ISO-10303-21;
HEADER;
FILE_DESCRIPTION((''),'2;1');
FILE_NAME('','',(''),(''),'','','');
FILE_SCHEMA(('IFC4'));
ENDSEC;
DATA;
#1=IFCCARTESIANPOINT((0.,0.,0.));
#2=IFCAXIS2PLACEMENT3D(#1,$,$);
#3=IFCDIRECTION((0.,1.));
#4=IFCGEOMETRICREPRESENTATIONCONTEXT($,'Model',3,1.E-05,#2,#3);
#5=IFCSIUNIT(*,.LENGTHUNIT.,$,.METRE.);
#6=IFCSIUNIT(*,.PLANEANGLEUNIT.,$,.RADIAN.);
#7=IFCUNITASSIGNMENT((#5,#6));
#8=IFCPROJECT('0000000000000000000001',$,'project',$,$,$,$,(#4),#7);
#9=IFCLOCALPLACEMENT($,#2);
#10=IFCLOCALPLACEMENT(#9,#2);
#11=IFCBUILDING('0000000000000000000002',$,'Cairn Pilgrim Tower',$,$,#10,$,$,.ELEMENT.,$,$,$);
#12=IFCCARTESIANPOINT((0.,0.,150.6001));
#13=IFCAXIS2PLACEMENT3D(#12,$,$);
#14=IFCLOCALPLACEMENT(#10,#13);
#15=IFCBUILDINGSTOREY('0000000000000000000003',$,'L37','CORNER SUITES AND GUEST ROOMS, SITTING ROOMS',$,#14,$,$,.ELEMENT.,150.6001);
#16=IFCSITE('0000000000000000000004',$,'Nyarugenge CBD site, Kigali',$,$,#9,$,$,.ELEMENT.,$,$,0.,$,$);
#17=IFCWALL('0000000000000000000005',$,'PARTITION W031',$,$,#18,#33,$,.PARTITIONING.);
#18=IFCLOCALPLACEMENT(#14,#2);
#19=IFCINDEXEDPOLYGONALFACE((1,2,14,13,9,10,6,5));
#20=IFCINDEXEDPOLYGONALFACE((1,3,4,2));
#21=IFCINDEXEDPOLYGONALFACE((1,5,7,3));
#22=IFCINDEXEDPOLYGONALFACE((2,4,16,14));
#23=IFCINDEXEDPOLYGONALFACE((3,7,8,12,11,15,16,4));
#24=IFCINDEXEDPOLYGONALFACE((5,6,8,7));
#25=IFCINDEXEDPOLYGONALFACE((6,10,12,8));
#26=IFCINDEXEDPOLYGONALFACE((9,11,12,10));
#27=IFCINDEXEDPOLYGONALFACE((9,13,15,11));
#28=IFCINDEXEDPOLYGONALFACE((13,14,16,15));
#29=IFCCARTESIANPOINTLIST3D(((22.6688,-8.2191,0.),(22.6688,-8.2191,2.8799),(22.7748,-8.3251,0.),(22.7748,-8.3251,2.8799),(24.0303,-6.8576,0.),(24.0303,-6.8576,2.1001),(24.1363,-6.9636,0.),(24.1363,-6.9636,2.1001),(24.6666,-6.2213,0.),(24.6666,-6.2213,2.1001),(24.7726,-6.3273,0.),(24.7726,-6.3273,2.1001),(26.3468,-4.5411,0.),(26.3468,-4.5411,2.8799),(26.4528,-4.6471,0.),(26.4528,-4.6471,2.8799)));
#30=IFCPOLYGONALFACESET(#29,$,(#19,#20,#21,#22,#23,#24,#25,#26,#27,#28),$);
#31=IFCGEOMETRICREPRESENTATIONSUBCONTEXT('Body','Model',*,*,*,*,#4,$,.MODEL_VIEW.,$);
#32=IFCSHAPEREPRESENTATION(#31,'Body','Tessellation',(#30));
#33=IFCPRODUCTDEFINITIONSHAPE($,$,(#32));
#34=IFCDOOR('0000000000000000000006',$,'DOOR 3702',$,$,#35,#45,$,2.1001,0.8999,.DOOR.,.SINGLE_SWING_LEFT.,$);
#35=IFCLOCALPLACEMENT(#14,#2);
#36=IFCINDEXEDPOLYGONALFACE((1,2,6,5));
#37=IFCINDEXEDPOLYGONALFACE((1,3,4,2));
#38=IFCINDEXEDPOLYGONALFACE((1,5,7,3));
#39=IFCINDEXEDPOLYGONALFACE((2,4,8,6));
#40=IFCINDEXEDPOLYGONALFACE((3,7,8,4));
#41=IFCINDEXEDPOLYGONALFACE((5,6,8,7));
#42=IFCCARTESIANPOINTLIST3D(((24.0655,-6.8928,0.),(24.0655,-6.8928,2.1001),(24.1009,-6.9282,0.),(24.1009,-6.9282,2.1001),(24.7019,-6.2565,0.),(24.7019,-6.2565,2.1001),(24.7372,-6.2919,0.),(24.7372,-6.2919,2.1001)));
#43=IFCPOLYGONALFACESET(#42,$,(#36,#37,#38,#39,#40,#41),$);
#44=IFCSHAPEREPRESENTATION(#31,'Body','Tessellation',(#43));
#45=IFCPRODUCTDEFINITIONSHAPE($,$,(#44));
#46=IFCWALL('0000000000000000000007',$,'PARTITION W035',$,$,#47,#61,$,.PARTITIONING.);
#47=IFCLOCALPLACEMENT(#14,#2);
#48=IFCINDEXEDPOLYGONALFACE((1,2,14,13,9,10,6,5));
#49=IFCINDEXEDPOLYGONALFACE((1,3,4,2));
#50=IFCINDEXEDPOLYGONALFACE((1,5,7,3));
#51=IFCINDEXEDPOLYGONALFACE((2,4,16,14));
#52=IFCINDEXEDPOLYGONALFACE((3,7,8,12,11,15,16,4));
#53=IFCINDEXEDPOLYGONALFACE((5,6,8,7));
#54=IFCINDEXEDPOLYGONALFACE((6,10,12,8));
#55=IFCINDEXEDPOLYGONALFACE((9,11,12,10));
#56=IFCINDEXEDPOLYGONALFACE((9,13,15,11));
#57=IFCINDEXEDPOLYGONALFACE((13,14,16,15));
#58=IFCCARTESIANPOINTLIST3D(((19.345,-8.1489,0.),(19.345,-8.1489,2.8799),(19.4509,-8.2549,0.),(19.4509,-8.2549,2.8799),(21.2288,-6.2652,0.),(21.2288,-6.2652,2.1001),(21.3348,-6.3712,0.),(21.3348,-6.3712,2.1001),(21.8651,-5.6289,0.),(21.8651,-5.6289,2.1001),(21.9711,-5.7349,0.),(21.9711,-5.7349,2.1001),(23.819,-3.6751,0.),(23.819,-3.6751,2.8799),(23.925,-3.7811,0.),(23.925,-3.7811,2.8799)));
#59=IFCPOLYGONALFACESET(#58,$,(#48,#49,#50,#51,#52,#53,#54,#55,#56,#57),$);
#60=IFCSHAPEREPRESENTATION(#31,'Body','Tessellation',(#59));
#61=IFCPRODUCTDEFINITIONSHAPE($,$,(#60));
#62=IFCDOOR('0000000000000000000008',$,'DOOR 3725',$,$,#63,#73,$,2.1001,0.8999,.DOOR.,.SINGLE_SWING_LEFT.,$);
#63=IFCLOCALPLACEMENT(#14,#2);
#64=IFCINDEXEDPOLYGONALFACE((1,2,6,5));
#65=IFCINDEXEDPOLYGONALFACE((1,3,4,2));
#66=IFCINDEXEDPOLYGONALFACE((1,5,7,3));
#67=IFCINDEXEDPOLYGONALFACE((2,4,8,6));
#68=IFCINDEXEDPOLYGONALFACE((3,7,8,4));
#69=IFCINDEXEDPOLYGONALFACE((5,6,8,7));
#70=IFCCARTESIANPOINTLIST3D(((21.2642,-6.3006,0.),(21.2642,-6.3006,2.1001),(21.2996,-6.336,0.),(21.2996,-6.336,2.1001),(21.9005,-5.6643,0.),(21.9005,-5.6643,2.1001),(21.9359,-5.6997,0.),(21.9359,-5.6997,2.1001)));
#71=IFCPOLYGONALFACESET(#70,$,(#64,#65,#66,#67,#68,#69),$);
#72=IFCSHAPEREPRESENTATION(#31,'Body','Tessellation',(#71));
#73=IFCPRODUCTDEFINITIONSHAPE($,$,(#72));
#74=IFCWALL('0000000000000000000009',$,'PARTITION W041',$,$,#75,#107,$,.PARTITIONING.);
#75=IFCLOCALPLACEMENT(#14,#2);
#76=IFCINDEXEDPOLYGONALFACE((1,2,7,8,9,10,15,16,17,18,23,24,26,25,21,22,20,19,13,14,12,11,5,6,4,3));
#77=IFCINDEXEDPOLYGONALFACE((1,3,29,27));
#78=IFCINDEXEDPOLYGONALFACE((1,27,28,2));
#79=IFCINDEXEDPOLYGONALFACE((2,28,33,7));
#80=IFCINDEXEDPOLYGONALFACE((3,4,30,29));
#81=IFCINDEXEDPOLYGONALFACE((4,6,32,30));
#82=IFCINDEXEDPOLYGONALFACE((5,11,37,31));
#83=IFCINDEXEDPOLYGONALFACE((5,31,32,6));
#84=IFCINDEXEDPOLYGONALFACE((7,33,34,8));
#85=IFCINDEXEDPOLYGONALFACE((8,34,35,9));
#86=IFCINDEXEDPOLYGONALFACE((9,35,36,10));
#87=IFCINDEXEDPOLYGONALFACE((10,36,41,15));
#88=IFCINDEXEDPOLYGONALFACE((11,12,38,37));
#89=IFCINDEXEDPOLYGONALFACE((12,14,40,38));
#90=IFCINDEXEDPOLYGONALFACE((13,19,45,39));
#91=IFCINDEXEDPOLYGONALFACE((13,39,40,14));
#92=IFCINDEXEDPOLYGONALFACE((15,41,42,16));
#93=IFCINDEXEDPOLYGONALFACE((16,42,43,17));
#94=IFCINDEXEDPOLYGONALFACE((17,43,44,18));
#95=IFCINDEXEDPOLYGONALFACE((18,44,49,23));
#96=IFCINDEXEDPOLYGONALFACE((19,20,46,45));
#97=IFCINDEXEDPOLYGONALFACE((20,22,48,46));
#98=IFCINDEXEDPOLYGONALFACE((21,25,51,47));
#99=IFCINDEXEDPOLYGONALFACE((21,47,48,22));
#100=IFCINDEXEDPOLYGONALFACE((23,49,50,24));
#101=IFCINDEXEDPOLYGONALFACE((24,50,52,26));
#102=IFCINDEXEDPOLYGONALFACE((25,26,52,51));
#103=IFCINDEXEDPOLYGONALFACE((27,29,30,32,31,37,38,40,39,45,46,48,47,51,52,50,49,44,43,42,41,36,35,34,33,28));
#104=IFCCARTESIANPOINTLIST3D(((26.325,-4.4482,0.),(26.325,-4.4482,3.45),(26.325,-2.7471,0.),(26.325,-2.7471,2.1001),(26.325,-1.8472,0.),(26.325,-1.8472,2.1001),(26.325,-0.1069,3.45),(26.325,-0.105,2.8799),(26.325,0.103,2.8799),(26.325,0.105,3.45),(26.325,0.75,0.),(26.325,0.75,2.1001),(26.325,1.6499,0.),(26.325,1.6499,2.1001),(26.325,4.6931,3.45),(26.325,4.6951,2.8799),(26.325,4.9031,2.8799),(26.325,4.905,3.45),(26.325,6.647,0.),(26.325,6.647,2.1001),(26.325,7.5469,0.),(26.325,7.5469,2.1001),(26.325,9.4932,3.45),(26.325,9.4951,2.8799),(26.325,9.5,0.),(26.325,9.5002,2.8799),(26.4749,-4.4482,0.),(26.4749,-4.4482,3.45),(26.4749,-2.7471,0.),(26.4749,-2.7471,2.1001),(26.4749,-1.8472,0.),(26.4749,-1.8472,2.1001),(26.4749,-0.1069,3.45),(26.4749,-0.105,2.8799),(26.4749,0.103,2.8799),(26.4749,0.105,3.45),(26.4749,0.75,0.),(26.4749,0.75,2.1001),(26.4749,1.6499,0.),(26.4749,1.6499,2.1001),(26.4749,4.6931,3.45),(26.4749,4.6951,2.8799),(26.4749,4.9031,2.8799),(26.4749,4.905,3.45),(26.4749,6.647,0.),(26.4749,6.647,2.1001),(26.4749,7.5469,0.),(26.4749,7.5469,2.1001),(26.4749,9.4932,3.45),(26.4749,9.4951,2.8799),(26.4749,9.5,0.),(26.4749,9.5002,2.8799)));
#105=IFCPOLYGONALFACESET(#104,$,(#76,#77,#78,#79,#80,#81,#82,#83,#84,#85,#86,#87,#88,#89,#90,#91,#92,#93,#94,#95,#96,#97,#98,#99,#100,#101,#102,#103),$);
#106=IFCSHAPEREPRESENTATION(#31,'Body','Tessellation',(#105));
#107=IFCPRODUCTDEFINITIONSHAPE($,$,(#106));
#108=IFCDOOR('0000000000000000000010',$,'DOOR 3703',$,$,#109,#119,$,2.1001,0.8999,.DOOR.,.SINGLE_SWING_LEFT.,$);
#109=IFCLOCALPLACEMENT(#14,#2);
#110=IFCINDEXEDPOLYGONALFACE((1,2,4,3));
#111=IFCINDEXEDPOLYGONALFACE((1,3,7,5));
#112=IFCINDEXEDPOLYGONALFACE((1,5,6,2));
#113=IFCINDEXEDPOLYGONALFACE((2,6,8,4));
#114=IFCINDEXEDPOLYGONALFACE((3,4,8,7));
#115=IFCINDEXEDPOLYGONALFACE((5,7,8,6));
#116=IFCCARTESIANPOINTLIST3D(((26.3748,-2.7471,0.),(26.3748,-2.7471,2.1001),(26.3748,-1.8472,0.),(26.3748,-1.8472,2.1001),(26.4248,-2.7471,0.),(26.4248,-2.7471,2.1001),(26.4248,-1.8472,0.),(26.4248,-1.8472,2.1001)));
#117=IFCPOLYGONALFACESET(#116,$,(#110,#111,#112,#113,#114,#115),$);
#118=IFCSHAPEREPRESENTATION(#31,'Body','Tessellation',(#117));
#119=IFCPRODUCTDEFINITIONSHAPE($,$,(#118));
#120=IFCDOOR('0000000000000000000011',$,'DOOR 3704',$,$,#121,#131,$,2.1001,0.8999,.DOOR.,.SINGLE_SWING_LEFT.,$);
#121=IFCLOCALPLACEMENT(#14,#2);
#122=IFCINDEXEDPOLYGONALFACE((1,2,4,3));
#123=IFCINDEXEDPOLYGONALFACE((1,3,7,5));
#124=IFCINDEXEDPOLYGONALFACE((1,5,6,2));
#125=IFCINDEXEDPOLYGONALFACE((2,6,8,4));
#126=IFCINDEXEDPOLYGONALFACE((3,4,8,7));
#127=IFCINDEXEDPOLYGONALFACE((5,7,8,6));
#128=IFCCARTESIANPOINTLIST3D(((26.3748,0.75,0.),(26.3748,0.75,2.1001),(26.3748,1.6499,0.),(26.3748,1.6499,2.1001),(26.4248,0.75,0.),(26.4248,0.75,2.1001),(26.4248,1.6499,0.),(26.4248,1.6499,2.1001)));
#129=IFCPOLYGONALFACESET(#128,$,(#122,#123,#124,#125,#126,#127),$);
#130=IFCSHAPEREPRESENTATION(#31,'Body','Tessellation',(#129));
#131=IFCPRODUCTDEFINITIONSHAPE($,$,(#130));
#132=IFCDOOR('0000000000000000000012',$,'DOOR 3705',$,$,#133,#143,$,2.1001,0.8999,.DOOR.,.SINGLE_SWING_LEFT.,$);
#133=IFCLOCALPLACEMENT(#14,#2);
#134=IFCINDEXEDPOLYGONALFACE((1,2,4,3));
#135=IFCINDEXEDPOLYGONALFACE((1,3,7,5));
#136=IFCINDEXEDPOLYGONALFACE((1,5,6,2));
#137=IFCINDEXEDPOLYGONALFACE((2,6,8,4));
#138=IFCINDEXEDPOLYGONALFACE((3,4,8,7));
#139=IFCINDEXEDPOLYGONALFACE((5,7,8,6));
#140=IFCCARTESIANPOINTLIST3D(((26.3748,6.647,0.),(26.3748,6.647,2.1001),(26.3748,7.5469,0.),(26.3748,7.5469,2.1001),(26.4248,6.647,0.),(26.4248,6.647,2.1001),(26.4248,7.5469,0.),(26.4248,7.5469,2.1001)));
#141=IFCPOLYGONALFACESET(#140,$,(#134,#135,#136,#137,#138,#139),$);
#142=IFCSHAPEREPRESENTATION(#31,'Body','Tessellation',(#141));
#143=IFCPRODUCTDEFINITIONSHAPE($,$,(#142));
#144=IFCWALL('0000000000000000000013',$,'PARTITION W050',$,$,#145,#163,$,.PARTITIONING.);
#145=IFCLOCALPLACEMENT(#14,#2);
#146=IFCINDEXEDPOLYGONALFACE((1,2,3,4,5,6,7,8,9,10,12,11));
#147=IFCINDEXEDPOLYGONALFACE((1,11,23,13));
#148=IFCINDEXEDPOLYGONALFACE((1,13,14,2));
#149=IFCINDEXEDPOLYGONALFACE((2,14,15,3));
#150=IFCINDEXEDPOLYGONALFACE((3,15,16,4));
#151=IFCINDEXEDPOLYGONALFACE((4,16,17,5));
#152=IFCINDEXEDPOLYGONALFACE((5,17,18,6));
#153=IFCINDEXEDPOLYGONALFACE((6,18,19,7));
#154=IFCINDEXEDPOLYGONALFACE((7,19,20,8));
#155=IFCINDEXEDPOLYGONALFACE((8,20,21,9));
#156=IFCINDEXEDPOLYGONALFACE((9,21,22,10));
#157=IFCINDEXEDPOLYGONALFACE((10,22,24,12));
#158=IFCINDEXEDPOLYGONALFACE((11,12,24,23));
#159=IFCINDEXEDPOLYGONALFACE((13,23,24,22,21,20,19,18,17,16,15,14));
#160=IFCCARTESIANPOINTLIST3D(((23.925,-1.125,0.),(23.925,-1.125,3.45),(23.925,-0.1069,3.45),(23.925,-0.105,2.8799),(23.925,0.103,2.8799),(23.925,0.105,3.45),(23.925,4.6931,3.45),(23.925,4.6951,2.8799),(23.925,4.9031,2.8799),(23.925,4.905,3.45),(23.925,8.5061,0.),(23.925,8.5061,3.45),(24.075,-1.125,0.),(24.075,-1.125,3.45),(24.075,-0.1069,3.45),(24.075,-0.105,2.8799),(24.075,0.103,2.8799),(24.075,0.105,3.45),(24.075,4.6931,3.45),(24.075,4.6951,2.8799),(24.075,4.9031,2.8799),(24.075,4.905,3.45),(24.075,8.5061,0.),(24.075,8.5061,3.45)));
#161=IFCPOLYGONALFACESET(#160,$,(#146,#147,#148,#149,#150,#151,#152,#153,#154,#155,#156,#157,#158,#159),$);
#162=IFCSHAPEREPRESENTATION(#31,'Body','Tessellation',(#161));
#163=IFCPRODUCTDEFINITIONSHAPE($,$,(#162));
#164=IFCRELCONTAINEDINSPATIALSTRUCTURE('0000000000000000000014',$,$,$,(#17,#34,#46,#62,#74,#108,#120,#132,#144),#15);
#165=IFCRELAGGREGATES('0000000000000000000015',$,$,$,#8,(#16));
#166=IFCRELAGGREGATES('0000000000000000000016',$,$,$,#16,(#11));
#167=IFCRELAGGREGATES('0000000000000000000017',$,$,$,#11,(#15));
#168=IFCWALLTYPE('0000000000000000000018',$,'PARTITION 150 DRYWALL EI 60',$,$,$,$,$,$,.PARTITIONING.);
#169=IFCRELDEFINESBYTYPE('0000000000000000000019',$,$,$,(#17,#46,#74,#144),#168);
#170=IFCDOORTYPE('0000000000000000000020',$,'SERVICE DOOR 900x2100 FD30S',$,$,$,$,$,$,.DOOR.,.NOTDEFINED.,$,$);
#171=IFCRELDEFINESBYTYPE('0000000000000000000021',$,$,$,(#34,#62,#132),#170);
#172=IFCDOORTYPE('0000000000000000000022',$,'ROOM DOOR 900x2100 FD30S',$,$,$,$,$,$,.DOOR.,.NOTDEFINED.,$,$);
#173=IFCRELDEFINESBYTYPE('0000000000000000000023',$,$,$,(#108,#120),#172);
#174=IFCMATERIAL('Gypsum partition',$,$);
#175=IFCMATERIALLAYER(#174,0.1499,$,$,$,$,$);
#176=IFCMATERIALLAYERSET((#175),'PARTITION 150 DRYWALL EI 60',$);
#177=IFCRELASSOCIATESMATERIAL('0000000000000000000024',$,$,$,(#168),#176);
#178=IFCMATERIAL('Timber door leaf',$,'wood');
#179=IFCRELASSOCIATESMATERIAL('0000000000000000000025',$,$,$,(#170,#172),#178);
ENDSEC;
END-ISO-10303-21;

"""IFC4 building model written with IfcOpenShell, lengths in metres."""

from ifc_helpers import new_model, si_unit, direction, frame, frame_2d, origin, place, context, subcontext, project, spatial, polyline, rectangle, outline, extrude, material, layer, layer_set, type_object, element, fill, save


model = new_model("IFC4")

# Units and contexts
model_context = context("Model", 3, precision=1e-05, world=origin(), true_north=direction((0.0, 1.0)))
body_context = subcontext(model_context, "Body", "Model", "MODEL_VIEW")
ifc_project = project(units=[si_unit("LENGTHUNIT", "METRE"), si_unit("PLANEANGLEUNIT", "RADIAN")], contexts=[model_context])

# Site, building, storey
site_placement = place(None, origin())
site = spatial("IfcSite", under=ifc_project, at=site_placement, Name="Nyarugenge CBD site, Kigali", CompositionType="ELEMENT", RefElevation=0.0)
building_placement = place(site_placement, origin())
building = spatial("IfcBuilding", under=site, at=building_placement, Name="Cairn Pilgrim Tower", CompositionType="ELEMENT")
storey_placement = place(building_placement, frame((0.0, 0.0, 150.6001)))
storey = spatial("IfcBuildingStorey", under=building, at=storey_placement, Name="L37", Description="CORNER SUITES AND GUEST ROOMS, SITTING ROOMS", CompositionType="ELEMENT", Elevation=150.6001)

# Shared definitions
ifc_material_1 = material(Name="Gypsum partition")
ifc_material_2 = material(Name="Timber door leaf", Category="wood")

# Shared definitions
ifc_layer_1 = layer(ifc_material_1, 0.1499)
ifc_layer_set_1 = layer_set([ifc_layer_1], Name="PARTITION 150 DRYWALL EI 60")
wall_type_1 = type_object("IfcWallType", Name="PARTITION 150 DRYWALL EI 60", PredefinedType="PARTITIONING", material=ifc_layer_set_1)

# Walls, openings, doors
wall_1_placement = place(storey_placement, frame((22.7219, -8.272, 0.0), z_axis=(0.0, 0.0, 1.0), x_axis=(0.707107, 0.707107, 0.0)))
wall_1 = element("IfcWall", 1, at=wall_1_placement, inside=storey, type_object=wall_type_1, Name="PARTITION W031", PredefinedType="PARTITIONING", context=body_context, shape_type="SweptSolid", body=[
    extrude(rectangle(XDim=5.2014, YDim=0.1499, at=frame_2d((2.6006, 0.0))), origin(), (0.0, 0.0, 1.0), 2.8799),
])
opening_1_placement = place(wall_1_placement, frame((1.9253, 0.0, 0.0)))
opening_1 = element("IfcOpeningElement", 2, at=opening_1_placement, cuts=wall_1, PredefinedType="OPENING", context=body_context, shape_type="SweptSolid", body=[
    extrude(rectangle(XDim=0.8999, YDim=2.1001, at=frame_2d((0.45, 1.05))), frame((0.0, 0.085, 0.0), z_axis=(0.0, -1.0, 0.0), x_axis=(1.0, 0.0, 0.0)), (0.0, 0.0, 1.0), 0.1699),
])
door_type_1 = type_object("IfcDoorType", Name="SERVICE DOOR 900x2100 FD30S", OperationType="NOTDEFINED", PredefinedType="DOOR", material=ifc_material_2)
door_1_placement = place(opening_1_placement, frame((0.8999, 0.0, 0.0), z_axis=(0.0, 0.0, 1.0), x_axis=(-1.0, 0.0, 0.0)))
door_1 = element("IfcDoor", 3, at=door_1_placement, inside=storey, type_object=door_type_1, Name="DOOR 3702", OperationType="SINGLE_SWING_LEFT", OverallHeight=2.1001, OverallWidth=0.8999, PredefinedType="DOOR", context=body_context, shape_type="SweptSolid", body=[
    extrude(rectangle(XDim=0.8999, YDim=2.1001, at=frame_2d((0.45, 1.05))), frame((0.0, 0.0249, 0.0), z_axis=(0.0, -1.0, 0.0), x_axis=(1.0, 0.0, 0.0)), (0.0, 0.0, 1.0), 0.05),
])
fill(opening_1, door_1)
wall_2_placement = place(storey_placement, frame((19.3979, -8.2019, 0.0), z_axis=(0.0, 0.0, 1.0), x_axis=(0.707126, 0.707087, 0.0)))
wall_2 = element("IfcWall", 4, at=wall_2_placement, inside=storey, type_object=wall_type_1, Name="PARTITION W035", PredefinedType="PARTITIONING", context=body_context, shape_type="SweptSolid", body=[
    extrude(rectangle(XDim=6.3271, YDim=0.1499, at=frame_2d((3.1636, 0.0))), origin(), (0.0, 0.0, 1.0), 2.8799),
])
opening_2_placement = place(wall_2_placement, frame((2.6641, 0.0, 0.0)))
opening_2 = element("IfcOpeningElement", 5, at=opening_2_placement, cuts=wall_2, PredefinedType="OPENING", context=body_context, shape_type="SweptSolid", body=[
    extrude(rectangle(XDim=0.8999, YDim=2.1001, at=frame_2d((0.45, 1.05))), frame((0.0, 0.085, 0.0), z_axis=(0.0, -1.0, 0.0), x_axis=(1.0, 0.0, 0.0)), (0.0, 0.0, 1.0), 0.1699),
])
door_2_placement = place(opening_2_placement, origin())
door_2 = element("IfcDoor", 6, at=door_2_placement, inside=storey, type_object=door_type_1, Name="DOOR 3725", OperationType="SINGLE_SWING_LEFT", OverallHeight=2.1001, OverallWidth=0.8999, PredefinedType="DOOR", context=body_context, shape_type="SweptSolid", body=[
    extrude(rectangle(XDim=0.8999, YDim=2.1001, at=frame_2d((0.45, 1.05))), frame((0.0, 0.0249, 0.0), z_axis=(0.0, -1.0, 0.0), x_axis=(1.0, 0.0, 0.0)), (0.0, 0.0, 1.0), 0.05),
])
fill(opening_2, door_2)

# Wall, openings, doors
wall_3_placement = place(storey_placement, frame((26.3999, -4.4482, 0.0), z_axis=(0.0, 0.0, 1.0), x_axis=(0.0, 1.0, 0.0)))
wall_3 = element("IfcWall", 7, at=wall_3_placement, inside=storey, type_object=wall_type_1, Name="PARTITION W041", PredefinedType="PARTITIONING", context=body_context, shape_type="SweptSolid", body=[
    extrude(outline(polyline([(0.0, 0.0), (13.9482, 0.0), (13.9485, 2.8799), (13.9434, 2.8799), (13.9414, 3.45), (9.3533, 3.45), (9.3513, 2.8799), (9.1433, 2.8799), (9.1414, 3.45), (4.5532, 3.45), (4.5513, 2.8799), (4.3433, 2.8799), (4.3413, 3.45), (0.0, 3.45), (0.0, 0.0)])), frame((0.0, 0.075, 0.0), z_axis=(0.0, -1.0, 0.0), x_axis=(1.0, 0.0, 0.0)), (0.0, 0.0, 1.0), 0.1499),
])
opening_3_placement = place(wall_3_placement, frame((1.7012, 0.0, 0.0)))
opening_3 = element("IfcOpeningElement", 8, at=opening_3_placement, cuts=wall_3, PredefinedType="OPENING", context=body_context, shape_type="SweptSolid", body=[
    extrude(rectangle(XDim=0.8999, YDim=2.1001, at=frame_2d((0.45, 1.05))), frame((0.0, 0.085, 0.0), z_axis=(0.0, -1.0, 0.0), x_axis=(1.0, 0.0, 0.0)), (0.0, 0.0, 1.0), 0.1699),
])
opening_4_placement = place(wall_3_placement, frame((5.1982, 0.0, 0.0)))
opening_4 = element("IfcOpeningElement", 9, at=opening_4_placement, cuts=wall_3, PredefinedType="OPENING", context=body_context, shape_type="SweptSolid", body=[
    extrude(rectangle(XDim=0.8999, YDim=2.1001, at=frame_2d((0.45, 1.05))), frame((0.0, 0.085, 0.0), z_axis=(0.0, -1.0, 0.0), x_axis=(1.0, 0.0, 0.0)), (0.0, 0.0, 1.0), 0.1699),
])
opening_5_placement = place(wall_3_placement, frame((11.0952, 0.0, 0.0)))
opening_5 = element("IfcOpeningElement", 10, at=opening_5_placement, cuts=wall_3, PredefinedType="OPENING", context=body_context, shape_type="SweptSolid", body=[
    extrude(rectangle(XDim=0.8999, YDim=2.1001, at=frame_2d((0.45, 1.05))), frame((0.0, 0.085, 0.0), z_axis=(0.0, -1.0, 0.0), x_axis=(1.0, 0.0, 0.0)), (0.0, 0.0, 1.0), 0.1699),
])
door_type_2 = type_object("IfcDoorType", Name="ROOM DOOR 900x2100 FD30S", OperationType="NOTDEFINED", PredefinedType="DOOR", material=ifc_material_2)
door_3_placement = place(opening_3_placement, frame((0.8999, 0.0, 0.0), z_axis=(0.0, 0.0, 1.0), x_axis=(-1.0, 0.0, 0.0)))
door_3 = element("IfcDoor", 11, at=door_3_placement, inside=storey, type_object=door_type_2, Name="DOOR 3703", OperationType="SINGLE_SWING_LEFT", OverallHeight=2.1001, OverallWidth=0.8999, PredefinedType="DOOR", context=body_context, shape_type="SweptSolid", body=[
    extrude(rectangle(XDim=0.8999, YDim=2.1001, at=frame_2d((0.45, 1.05))), frame((0.0, 0.0249, 0.0), z_axis=(0.0, -1.0, 0.0), x_axis=(1.0, 0.0, 0.0)), (0.0, 0.0, 1.0), 0.05),
])
fill(opening_3, door_3)
door_4_placement = place(opening_4_placement, frame((0.8999, 0.0, 0.0), z_axis=(0.0, 0.0, 1.0), x_axis=(-1.0, 0.0, 0.0)))
door_4 = element("IfcDoor", 12, at=door_4_placement, inside=storey, type_object=door_type_2, Name="DOOR 3704", OperationType="SINGLE_SWING_LEFT", OverallHeight=2.1001, OverallWidth=0.8999, PredefinedType="DOOR", context=body_context, shape_type="SweptSolid", body=[
    extrude(rectangle(XDim=0.8999, YDim=2.1001, at=frame_2d((0.45, 1.05))), frame((0.0, 0.0249, 0.0), z_axis=(0.0, -1.0, 0.0), x_axis=(1.0, 0.0, 0.0)), (0.0, 0.0, 1.0), 0.05),
])
fill(opening_4, door_4)
door_5_placement = place(opening_5_placement, frame((0.8999, 0.0, 0.0), z_axis=(0.0, 0.0, 1.0), x_axis=(-1.0, 0.0, 0.0)))
door_5 = element("IfcDoor", 13, at=door_5_placement, inside=storey, type_object=door_type_1, Name="DOOR 3705", OperationType="SINGLE_SWING_LEFT", OverallHeight=2.1001, OverallWidth=0.8999, PredefinedType="DOOR", context=body_context, shape_type="SweptSolid", body=[
    extrude(rectangle(XDim=0.8999, YDim=2.1001, at=frame_2d((0.45, 1.05))), frame((0.0, 0.0249, 0.0), z_axis=(0.0, -1.0, 0.0), x_axis=(1.0, 0.0, 0.0)), (0.0, 0.0, 1.0), 0.05),
])
fill(opening_5, door_5)

# Wall
wall_4_placement = place(storey_placement, frame((24.0, -1.125, 0.0), z_axis=(0.0, 0.0, 1.0), x_axis=(0.0, 1.0, 0.0)))
element("IfcWall", 14, at=wall_4_placement, inside=storey, type_object=wall_type_1, Name="PARTITION W050", PredefinedType="PARTITIONING", context=body_context, shape_type="SweptSolid", body=[
    extrude(outline(polyline([(0.0, 0.0), (9.6311, 0.0), (9.6311, 3.45), (6.03, 3.45), (6.0281, 2.8799), (5.8201, 2.8799), (5.8181, 3.45), (1.23, 3.45), (1.228, 2.8799), (1.02, 2.8799), (1.0181, 3.45), (0.0, 3.45), (0.0, 0.0)])), frame((0.0, 0.075, 0.0), z_axis=(0.0, -1.0, 0.0), x_axis=(1.0, 0.0, 0.0)), (0.0, 0.0, 1.0), 0.1499),
])

save(model, "model.ifc")
